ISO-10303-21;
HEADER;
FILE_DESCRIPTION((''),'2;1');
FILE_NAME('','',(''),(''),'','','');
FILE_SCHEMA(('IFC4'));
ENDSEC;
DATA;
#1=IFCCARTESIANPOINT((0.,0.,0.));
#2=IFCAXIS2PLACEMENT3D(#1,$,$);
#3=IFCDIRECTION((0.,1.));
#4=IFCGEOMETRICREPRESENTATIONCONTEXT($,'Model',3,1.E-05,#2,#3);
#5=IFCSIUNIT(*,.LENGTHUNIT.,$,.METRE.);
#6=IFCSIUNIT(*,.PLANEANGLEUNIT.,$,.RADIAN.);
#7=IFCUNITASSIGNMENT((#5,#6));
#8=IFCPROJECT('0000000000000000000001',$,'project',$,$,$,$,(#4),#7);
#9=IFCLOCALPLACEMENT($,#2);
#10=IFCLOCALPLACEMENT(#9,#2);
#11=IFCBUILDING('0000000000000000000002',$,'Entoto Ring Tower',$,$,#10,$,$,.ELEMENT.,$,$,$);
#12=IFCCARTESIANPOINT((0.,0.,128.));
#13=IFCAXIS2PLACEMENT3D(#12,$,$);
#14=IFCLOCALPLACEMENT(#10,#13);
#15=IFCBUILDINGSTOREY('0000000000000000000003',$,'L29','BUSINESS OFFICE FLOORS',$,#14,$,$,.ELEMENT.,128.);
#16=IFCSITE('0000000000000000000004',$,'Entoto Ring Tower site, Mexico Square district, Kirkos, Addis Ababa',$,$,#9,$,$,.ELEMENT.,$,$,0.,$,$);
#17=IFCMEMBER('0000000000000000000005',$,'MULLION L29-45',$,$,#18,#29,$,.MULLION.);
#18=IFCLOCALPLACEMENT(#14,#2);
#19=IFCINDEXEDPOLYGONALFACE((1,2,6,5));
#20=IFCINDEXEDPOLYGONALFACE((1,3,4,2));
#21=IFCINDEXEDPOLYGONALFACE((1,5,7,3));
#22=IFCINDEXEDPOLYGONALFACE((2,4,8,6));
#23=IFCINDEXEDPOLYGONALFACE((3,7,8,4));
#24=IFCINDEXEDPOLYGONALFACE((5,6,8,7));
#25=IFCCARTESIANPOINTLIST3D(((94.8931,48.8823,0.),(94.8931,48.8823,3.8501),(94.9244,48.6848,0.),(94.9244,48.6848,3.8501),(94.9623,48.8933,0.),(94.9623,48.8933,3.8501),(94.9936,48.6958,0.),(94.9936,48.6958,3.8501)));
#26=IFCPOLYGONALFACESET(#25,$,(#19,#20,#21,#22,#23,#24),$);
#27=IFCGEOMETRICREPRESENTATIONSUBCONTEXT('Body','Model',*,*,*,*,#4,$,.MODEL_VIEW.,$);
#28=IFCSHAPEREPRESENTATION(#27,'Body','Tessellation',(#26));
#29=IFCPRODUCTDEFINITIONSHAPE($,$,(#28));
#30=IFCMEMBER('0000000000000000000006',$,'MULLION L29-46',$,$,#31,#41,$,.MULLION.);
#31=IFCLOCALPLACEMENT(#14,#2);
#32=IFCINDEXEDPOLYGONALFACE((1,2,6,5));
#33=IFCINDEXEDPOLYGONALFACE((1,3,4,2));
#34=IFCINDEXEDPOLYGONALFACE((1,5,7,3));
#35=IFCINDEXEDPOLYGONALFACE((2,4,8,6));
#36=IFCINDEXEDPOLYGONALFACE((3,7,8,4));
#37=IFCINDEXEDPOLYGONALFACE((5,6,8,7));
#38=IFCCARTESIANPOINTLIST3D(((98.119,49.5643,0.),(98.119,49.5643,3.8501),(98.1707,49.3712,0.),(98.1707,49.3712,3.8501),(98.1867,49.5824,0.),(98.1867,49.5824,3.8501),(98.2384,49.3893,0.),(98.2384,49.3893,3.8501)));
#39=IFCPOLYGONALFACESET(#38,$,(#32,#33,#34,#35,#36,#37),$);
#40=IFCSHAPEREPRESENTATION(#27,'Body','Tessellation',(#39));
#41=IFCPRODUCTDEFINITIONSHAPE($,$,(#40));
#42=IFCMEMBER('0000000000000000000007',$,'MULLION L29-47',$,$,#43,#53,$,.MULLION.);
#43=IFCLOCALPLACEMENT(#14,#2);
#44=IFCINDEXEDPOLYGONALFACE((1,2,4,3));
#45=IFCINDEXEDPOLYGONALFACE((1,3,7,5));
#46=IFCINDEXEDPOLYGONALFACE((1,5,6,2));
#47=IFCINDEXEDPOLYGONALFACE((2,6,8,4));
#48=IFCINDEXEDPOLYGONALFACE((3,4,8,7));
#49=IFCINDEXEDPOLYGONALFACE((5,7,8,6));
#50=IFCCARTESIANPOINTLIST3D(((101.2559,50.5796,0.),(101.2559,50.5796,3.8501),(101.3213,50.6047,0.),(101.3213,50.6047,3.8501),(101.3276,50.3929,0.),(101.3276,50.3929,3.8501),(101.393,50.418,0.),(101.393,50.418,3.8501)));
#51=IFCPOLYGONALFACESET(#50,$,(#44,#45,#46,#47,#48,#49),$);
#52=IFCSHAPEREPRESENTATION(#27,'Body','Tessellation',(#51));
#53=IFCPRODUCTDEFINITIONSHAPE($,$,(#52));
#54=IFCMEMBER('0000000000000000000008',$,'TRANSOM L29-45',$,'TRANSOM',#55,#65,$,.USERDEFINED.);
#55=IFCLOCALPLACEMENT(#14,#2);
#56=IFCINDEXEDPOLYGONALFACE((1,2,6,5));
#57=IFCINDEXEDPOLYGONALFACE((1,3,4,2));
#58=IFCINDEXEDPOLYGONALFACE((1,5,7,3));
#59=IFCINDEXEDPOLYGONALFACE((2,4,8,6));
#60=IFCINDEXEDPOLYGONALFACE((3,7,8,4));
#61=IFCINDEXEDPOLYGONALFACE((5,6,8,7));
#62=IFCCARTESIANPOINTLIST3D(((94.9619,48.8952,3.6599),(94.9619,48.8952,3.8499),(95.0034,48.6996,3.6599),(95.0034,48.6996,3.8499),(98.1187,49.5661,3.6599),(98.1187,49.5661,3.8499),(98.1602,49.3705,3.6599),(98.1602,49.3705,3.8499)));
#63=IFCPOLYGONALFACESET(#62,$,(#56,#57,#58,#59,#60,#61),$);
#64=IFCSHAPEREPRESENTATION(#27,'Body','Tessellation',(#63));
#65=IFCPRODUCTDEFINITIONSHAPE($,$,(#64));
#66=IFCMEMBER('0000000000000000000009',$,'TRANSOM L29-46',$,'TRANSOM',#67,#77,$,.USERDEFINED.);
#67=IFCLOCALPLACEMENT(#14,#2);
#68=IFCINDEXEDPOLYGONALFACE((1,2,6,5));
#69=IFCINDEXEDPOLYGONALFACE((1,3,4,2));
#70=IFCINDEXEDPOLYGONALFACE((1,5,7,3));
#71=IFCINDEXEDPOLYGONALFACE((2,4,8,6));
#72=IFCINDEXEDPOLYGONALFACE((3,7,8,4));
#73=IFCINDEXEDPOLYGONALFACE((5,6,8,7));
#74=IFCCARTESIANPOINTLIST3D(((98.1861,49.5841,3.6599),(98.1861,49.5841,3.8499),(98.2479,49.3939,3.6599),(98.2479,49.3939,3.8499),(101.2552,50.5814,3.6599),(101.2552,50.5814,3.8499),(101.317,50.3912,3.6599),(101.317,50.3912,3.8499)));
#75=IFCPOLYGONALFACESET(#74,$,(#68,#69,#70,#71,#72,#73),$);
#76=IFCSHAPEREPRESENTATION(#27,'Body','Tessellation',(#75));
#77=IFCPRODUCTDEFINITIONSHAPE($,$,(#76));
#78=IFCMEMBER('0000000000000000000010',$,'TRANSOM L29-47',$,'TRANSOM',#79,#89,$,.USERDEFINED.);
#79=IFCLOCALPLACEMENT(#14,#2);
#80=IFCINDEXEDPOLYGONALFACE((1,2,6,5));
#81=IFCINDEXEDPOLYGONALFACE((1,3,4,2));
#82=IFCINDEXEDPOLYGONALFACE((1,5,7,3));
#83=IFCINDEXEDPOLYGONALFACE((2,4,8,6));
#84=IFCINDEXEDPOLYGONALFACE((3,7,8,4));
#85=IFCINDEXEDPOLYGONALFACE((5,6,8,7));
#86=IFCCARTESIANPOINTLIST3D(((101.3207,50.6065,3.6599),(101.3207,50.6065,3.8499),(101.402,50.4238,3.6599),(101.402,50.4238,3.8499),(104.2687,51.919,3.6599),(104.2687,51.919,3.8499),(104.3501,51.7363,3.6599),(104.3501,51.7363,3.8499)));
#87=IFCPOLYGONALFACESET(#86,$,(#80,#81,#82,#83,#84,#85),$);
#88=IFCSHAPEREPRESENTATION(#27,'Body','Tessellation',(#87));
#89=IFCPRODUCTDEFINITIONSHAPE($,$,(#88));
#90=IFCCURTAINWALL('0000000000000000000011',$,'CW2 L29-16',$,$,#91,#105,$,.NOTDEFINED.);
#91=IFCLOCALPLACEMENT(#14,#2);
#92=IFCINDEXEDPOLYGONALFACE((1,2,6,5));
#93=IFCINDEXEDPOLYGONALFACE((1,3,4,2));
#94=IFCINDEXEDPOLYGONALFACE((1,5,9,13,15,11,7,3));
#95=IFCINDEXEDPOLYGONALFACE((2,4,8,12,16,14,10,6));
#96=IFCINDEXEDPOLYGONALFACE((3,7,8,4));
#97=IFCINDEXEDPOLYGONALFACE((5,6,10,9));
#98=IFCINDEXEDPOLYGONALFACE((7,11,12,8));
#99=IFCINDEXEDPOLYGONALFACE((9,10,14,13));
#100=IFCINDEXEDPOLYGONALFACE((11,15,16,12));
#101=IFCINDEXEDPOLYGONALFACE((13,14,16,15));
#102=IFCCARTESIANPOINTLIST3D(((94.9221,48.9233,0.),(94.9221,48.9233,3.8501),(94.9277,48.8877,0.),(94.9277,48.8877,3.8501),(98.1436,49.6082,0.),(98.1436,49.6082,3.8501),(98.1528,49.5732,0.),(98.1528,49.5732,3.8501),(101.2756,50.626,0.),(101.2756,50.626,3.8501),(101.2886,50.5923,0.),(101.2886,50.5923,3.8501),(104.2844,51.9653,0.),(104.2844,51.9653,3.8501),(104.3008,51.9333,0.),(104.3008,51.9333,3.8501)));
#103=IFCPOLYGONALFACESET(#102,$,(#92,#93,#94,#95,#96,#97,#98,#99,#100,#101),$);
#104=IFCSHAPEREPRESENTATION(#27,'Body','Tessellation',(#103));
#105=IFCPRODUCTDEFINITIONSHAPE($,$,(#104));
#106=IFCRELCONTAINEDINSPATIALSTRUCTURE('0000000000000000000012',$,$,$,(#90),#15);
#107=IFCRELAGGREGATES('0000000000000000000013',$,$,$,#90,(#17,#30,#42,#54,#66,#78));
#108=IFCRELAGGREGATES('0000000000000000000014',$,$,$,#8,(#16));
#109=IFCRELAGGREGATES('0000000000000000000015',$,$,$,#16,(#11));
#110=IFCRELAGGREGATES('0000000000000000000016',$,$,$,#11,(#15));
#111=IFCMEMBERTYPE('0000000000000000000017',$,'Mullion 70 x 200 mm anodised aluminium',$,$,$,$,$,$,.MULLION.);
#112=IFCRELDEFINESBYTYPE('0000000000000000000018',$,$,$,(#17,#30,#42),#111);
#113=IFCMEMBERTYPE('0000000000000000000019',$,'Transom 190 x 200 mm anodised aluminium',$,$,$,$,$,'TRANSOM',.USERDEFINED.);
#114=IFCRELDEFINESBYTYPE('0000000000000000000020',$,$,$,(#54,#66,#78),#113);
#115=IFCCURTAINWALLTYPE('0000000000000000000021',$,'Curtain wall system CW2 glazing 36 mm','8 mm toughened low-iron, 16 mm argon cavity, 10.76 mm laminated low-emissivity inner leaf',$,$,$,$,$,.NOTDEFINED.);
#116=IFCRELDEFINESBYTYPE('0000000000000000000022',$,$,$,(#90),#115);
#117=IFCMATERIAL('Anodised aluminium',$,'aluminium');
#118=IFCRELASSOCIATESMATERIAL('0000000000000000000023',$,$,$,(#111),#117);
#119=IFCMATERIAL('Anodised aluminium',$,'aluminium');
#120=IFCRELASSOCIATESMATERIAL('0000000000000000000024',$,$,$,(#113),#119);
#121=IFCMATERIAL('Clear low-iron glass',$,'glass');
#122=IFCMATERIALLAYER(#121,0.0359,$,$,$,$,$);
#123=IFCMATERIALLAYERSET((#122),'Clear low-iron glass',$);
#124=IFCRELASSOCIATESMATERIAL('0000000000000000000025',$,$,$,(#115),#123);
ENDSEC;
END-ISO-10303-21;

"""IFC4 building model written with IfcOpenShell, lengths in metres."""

from ifc_helpers import new_model, si_unit, direction, frame, origin, origin_2d, place, context, subcontext, project, spatial, polyline, rectangle, outline, extrude, material, layer, layer_set, material_profile, profile_set, type_object, element, aggregate, save


model = new_model("IFC4")

# Units and contexts
model_context = context("Model", 3, precision=1e-05, world=origin(), true_north=direction((0.0, 1.0)))
body_context = subcontext(model_context, "Body", "Model", "MODEL_VIEW")
ifc_project = project(units=[si_unit("LENGTHUNIT", "METRE"), si_unit("PLANEANGLEUNIT", "RADIAN")], contexts=[model_context])

# Members
ifc_material_1 = material(Name="Anodised aluminium", Category="aluminium")
ifc_material_profile_1 = material_profile(ifc_material_1, rectangle(XDim=0.0701, YDim=0.2, at=origin_2d()), Name="Mullion 70 x 200 mm anodised aluminium")
ifc_profile_set_1 = profile_set([ifc_material_profile_1], Name="Anodised aluminium")
member_type_1 = type_object("IfcMemberType", Name="Mullion 70 x 200 mm anodised aluminium", PredefinedType="MULLION", material=ifc_profile_set_1)
site_placement = place(None, origin())
building_placement = place(site_placement, origin())
storey_placement = place(building_placement, frame((0.0, 0.0, 128.0)))
member_1_placement = place(storey_placement, frame((94.9434, 48.7891, 0.0), z_axis=(0.0, 0.0, 1.0), x_axis=(0.987688, 0.156434, 0.0)))
member_1 = element("IfcMember", 1, at=member_1_placement, type_object=member_type_1, Name="MULLION L29-45", PredefinedType="MULLION", context=body_context, shape_type="SweptSolid", body=[
    extrude(rectangle(XDim=0.0701, YDim=0.2, at=origin_2d()), origin(), (0.0, 0.0, 1.0), 3.8501),
])
member_2_placement = place(storey_placement, frame((98.1787, 49.4768, 0.0), z_axis=(0.0, 0.0, 1.0), x_axis=(0.965926, 0.258819, 0.0)))
member_2 = element("IfcMember", 2, at=member_2_placement, type_object=member_type_1, Name="MULLION L29-46", PredefinedType="MULLION", context=body_context, shape_type="SweptSolid", body=[
    extrude(rectangle(XDim=0.0701, YDim=0.2, at=origin_2d()), origin(), (0.0, 0.0, 1.0), 3.8501),
])
member_3_placement = place(storey_placement, frame((101.3245, 50.4988, 0.0), z_axis=(0.0, 0.0, 1.0), x_axis=(0.93358, 0.358368, 0.0)))
member_3 = element("IfcMember", 3, at=member_3_placement, type_object=member_type_1, Name="MULLION L29-47", PredefinedType="MULLION", context=body_context, shape_type="SweptSolid", body=[
    extrude(rectangle(XDim=0.0701, YDim=0.2, at=origin_2d()), origin(), (0.0, 0.0, 1.0), 3.8501),
])
ifc_material_2 = material(Name="Anodised aluminium", Category="aluminium")
ifc_material_profile_2 = material_profile(ifc_material_2, rectangle(XDim=0.2, YDim=0.1899, at=origin_2d()), Name="Transom 190 x 200 mm anodised aluminium")
ifc_profile_set_2 = profile_set([ifc_material_profile_2], Name="Anodised aluminium")
member_type_2 = type_object("IfcMemberType", Name="Transom 190 x 200 mm anodised aluminium", ElementType="TRANSOM", PredefinedType="USERDEFINED", material=ifc_profile_set_2)
member_4_placement = place(storey_placement, frame((94.9827, 48.7974, 3.7549), z_axis=(0.978153, 0.207886, 0.0), x_axis=(-0.207886, 0.978153, 0.0)))
member_4 = element("IfcMember", 4, at=member_4_placement, type_object=member_type_2, Name="TRANSOM L29-45", ObjectType="TRANSOM", PredefinedType="USERDEFINED", context=body_context, shape_type="SweptSolid", body=[
    extrude(rectangle(XDim=0.2, YDim=0.1899, at=origin_2d()), origin(), (0.0, 0.0, 1.0), 3.2273),
])
member_5_placement = place(storey_placement, frame((98.217, 49.489, 3.7549), z_axis=(0.951047, 0.309047, 0.0), x_axis=(-0.309047, 0.951047, 0.0)))
member_5 = element("IfcMember", 5, at=member_5_placement, type_object=member_type_2, Name="TRANSOM L29-46", ObjectType="TRANSOM", PredefinedType="USERDEFINED", context=body_context, shape_type="SweptSolid", body=[
    extrude(rectangle(XDim=0.2, YDim=0.1899, at=origin_2d()), origin(), (0.0, 0.0, 1.0), 3.2271),
])
member_6_placement = place(storey_placement, frame((101.3613, 50.5151, 3.7549), z_axis=(0.913549, 0.406728, 0.0), x_axis=(-0.406728, 0.913549, 0.0)))
member_6 = element("IfcMember", 6, at=member_6_placement, type_object=member_type_2, Name="TRANSOM L29-47", ObjectType="TRANSOM", PredefinedType="USERDEFINED", context=body_context, shape_type="SweptSolid", body=[
    extrude(rectangle(XDim=0.2, YDim=0.1899, at=origin_2d()), origin(), (0.0, 0.0, 1.0), 3.2271),
])

# Site, building, storey
site = spatial("IfcSite", under=ifc_project, at=site_placement, Name="Entoto Ring Tower site, Mexico Square district, Kirkos, Addis Ababa", CompositionType="ELEMENT", RefElevation=0.0)
building = spatial("IfcBuilding", under=site, at=building_placement, Name="Entoto Ring Tower", CompositionType="ELEMENT")
storey = spatial("IfcBuildingStorey", under=building, at=storey_placement, Name="L29", Description="BUSINESS OFFICE FLOORS", CompositionType="ELEMENT", Elevation=128.0)

# Curtain wall
ifc_material_3 = material(Name="Clear low-iron glass", Category="glass")
ifc_layer = layer(ifc_material_3, 0.0359)
ifc_layer_set = layer_set([ifc_layer], Name="Clear low-iron glass")
curtain_wall_type = type_object("IfcCurtainWallType", Name="Curtain wall system CW2 glazing 36 mm", Description="8 mm toughened low-iron, 16 mm argon cavity, 10.76 mm laminated low-emissivity inner leaf", PredefinedType="NOTDEFINED", material=ifc_layer_set)
curtain_wall_1_placement = place(storey_placement, origin())
curtain_wall_1 = element("IfcCurtainWall", 7, at=curtain_wall_1_placement, inside=storey, type_object=curtain_wall_type, Name="CW2 L29-16", PredefinedType="NOTDEFINED", context=body_context, shape_type="SweptSolid", body=[
    extrude(outline(polyline([(94.9277, 48.8877), (98.1528, 49.5732), (101.2886, 50.5923), (104.3008, 51.9333), (104.2844, 51.9653), (101.2756, 50.626), (98.1436, 49.6082), (94.9221, 48.9233), (94.9277, 48.8877)])), origin(), (0.0, 0.0, 1.0), 3.8501),
])
aggregate(curtain_wall_1, [member_1, member_2, member_3, member_4, member_5, member_6])

save(model, "model.ifc")
